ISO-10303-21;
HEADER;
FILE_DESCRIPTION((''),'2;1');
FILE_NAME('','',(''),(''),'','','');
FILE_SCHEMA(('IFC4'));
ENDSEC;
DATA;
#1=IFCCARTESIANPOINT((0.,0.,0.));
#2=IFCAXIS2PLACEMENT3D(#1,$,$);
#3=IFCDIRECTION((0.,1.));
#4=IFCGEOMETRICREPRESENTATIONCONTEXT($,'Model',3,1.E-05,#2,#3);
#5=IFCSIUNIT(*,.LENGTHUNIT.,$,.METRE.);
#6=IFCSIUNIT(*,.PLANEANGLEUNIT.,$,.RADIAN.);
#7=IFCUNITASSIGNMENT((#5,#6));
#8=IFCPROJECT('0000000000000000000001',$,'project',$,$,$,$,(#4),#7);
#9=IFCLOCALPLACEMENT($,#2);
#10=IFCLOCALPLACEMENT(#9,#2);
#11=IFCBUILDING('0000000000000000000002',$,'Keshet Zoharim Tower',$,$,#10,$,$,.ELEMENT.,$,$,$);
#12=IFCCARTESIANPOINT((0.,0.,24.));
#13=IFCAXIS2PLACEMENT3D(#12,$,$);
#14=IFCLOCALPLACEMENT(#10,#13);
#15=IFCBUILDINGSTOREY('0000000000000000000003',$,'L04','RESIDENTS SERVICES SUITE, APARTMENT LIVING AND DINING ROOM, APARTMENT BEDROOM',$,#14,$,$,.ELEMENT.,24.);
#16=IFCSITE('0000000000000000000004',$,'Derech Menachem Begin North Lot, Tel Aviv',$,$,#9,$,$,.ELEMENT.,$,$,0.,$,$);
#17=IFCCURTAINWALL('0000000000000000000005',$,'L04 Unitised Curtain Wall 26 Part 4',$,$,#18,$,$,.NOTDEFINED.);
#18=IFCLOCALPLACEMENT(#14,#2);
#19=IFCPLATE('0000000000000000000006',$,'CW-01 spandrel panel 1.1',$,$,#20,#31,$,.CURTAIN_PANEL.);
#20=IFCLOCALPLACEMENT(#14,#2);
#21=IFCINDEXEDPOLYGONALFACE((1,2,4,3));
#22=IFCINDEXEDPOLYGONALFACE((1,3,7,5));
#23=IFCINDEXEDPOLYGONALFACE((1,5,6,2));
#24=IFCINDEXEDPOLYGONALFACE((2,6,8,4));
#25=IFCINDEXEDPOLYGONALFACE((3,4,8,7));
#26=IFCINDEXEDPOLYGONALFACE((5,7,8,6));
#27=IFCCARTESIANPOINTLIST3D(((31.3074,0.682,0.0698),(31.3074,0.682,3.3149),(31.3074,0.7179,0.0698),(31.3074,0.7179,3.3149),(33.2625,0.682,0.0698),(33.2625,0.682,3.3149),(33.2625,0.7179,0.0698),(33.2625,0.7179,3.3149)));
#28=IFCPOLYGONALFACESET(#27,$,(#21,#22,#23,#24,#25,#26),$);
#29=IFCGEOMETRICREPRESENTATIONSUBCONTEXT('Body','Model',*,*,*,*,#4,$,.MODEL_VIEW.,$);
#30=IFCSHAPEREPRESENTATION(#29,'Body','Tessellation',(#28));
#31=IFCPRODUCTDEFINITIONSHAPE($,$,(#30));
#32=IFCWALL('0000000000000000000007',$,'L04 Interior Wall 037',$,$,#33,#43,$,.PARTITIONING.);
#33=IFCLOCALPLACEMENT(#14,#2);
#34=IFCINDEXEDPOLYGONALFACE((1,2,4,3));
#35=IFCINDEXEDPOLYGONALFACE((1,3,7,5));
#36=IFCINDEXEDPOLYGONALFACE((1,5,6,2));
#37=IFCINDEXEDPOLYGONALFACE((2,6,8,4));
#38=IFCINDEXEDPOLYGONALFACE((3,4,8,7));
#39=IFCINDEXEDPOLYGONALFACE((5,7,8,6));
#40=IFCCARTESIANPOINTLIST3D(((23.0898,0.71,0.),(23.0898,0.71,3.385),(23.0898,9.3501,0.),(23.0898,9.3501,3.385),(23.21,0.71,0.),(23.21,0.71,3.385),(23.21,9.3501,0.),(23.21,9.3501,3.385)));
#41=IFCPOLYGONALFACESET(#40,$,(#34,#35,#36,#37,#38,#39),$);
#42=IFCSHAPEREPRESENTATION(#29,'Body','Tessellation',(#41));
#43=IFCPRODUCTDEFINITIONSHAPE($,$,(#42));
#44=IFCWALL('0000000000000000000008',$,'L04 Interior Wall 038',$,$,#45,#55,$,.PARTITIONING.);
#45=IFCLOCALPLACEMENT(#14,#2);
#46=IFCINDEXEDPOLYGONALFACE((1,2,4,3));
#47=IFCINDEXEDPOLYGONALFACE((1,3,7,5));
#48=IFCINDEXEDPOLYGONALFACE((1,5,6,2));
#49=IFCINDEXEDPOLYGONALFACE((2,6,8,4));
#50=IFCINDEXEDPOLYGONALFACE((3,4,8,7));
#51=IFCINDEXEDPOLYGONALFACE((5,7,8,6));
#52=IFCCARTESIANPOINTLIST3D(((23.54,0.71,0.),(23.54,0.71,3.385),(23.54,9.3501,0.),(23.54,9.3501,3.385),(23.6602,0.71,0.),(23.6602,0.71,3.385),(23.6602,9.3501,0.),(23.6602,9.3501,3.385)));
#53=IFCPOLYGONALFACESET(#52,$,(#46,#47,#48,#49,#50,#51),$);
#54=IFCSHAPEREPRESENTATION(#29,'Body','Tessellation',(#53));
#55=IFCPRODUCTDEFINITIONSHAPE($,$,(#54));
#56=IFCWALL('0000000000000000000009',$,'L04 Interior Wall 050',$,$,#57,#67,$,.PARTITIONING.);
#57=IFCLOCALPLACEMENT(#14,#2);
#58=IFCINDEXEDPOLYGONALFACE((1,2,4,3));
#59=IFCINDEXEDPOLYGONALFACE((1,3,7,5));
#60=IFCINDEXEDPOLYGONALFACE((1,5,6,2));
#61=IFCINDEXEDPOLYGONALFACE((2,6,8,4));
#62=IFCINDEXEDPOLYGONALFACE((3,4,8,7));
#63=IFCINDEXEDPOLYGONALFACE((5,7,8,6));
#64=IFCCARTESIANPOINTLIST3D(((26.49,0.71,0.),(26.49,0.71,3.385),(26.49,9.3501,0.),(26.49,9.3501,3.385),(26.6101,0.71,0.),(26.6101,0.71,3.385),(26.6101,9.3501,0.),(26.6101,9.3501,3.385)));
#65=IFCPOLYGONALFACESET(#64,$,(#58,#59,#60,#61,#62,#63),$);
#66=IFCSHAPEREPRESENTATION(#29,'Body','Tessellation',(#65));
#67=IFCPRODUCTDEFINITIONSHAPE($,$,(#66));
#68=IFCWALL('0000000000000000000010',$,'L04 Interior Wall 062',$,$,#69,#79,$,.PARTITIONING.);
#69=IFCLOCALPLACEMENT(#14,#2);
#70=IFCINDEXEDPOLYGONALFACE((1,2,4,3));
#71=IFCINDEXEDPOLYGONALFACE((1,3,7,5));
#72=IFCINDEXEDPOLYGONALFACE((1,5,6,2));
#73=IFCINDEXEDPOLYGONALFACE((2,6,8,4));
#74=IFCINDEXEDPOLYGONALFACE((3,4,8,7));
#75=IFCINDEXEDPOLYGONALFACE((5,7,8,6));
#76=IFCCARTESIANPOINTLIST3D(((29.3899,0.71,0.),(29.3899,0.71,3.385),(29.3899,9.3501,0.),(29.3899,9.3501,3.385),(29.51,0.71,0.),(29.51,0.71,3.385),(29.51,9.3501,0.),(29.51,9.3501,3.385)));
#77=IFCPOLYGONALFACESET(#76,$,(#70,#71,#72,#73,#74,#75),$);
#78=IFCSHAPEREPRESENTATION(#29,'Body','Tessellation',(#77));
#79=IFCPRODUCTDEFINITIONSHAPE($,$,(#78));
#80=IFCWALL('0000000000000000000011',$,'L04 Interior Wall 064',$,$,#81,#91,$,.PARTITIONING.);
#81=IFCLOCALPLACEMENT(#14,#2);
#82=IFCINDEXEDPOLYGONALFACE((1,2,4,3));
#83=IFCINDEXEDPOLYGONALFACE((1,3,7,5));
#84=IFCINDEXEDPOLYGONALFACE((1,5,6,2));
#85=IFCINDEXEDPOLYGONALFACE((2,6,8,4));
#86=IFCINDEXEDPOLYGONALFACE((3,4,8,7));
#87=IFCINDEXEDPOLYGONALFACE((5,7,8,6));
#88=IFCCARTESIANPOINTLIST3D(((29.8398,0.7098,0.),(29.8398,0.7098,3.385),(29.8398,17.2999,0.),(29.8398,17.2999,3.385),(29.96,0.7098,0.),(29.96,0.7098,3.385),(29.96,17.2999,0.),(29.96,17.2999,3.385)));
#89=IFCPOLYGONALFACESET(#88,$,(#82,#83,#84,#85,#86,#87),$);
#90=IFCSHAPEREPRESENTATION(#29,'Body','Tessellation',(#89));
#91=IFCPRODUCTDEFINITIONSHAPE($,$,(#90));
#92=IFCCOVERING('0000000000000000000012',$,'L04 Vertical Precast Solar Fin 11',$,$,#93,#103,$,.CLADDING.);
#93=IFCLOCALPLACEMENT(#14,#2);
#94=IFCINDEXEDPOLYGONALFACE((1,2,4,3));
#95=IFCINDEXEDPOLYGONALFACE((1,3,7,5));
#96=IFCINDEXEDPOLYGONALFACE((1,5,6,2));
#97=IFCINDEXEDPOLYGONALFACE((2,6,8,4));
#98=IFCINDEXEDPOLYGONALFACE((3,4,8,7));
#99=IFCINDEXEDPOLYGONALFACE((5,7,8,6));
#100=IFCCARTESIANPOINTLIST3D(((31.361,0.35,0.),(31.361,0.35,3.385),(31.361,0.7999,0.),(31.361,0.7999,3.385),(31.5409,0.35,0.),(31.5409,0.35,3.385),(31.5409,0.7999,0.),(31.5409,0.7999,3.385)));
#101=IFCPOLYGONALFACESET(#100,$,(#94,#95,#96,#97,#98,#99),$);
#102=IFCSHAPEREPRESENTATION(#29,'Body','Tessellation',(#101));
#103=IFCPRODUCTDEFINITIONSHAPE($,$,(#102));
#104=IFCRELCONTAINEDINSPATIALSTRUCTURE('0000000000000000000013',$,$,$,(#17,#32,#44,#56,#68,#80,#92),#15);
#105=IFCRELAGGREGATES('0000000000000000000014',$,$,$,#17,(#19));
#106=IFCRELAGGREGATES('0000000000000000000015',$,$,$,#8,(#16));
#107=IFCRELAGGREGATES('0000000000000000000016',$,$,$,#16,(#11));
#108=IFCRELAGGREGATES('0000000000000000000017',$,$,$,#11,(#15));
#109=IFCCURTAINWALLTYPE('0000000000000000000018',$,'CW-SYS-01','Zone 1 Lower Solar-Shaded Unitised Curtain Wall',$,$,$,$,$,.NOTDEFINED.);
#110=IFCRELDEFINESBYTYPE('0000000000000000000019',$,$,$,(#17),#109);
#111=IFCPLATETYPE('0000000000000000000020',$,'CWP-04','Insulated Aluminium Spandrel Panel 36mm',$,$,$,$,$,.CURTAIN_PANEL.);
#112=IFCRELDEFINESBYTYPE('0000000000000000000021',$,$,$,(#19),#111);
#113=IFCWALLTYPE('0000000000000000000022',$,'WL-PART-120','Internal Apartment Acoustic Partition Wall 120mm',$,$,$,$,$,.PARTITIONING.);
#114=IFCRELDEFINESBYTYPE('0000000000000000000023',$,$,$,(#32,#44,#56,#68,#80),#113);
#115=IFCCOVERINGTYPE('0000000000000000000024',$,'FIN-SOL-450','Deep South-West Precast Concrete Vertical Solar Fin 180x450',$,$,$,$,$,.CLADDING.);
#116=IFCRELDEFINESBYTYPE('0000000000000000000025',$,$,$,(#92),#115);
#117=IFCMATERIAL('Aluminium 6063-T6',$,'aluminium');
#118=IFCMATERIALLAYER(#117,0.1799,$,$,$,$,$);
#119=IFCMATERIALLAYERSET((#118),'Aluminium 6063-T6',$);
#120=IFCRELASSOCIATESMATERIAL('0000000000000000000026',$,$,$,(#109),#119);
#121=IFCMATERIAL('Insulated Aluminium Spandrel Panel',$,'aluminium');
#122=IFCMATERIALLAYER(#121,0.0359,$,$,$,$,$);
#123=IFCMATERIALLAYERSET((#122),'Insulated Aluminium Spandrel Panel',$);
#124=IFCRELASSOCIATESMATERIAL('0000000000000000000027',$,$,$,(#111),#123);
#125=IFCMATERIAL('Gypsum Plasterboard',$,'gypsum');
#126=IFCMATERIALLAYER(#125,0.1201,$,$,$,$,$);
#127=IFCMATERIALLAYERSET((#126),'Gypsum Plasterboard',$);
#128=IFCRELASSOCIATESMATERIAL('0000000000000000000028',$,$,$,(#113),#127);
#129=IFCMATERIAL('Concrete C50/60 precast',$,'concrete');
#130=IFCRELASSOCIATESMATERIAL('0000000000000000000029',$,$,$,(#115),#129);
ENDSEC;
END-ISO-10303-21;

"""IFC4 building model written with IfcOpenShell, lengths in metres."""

from ifc_helpers import new_model, si_unit, direction, frame, frame_2d, origin, origin_2d, place, context, subcontext, project, spatial, rectangle, extrude, material, layer, layer_set, type_object, element, aggregate, save


model = new_model("IFC4")

# Units and contexts
model_context = context("Model", 3, precision=1e-05, world=origin(), true_north=direction((0.0, 1.0)))
body_context = subcontext(model_context, "Body", "Model", "MODEL_VIEW")
ifc_project = project(units=[si_unit("LENGTHUNIT", "METRE"), si_unit("PLANEANGLEUNIT", "RADIAN")], contexts=[model_context])

# Site, building, storey
site_placement = place(None, origin())
site = spatial("IfcSite", under=ifc_project, at=site_placement, Name="Derech Menachem Begin North Lot, Tel Aviv", CompositionType="ELEMENT", RefElevation=0.0)
building_placement = place(site_placement, origin())
building = spatial("IfcBuilding", under=site, at=building_placement, Name="Keshet Zoharim Tower", CompositionType="ELEMENT")
storey_placement = place(building_placement, frame((0.0, 0.0, 24.0)))
storey = spatial("IfcBuildingStorey", under=building, at=storey_placement, Name="L04", Description="RESIDENTS SERVICES SUITE, APARTMENT LIVING AND DINING ROOM, APARTMENT BEDROOM", CompositionType="ELEMENT", Elevation=24.0)

# Curtain wall
ifc_material_1 = material(Name="Aluminium 6063-T6", Category="aluminium")
ifc_layer_1 = layer(ifc_material_1, 0.1799)
ifc_layer_set_1 = layer_set([ifc_layer_1], Name="Aluminium 6063-T6")
curtain_wall_type = type_object("IfcCurtainWallType", Name="CW-SYS-01", Description="Zone 1 Lower Solar-Shaded Unitised Curtain Wall", PredefinedType="NOTDEFINED", material=ifc_layer_set_1)
curtain_wall_1_placement = place(storey_placement, origin())
curtain_wall_1 = element("IfcCurtainWall", 1, at=curtain_wall_1_placement, inside=storey, type_object=curtain_wall_type, Name="L04 Unitised Curtain Wall 26 Part 4", PredefinedType="NOTDEFINED")

# Plate
ifc_material_2 = material(Name="Insulated Aluminium Spandrel Panel", Category="aluminium")
ifc_layer_2 = layer(ifc_material_2, 0.0359)
ifc_layer_set_2 = layer_set([ifc_layer_2], Name="Insulated Aluminium Spandrel Panel")
plate_type_1 = type_object("IfcPlateType", Name="CWP-04", Description="Insulated Aluminium Spandrel Panel 36mm", PredefinedType="CURTAIN_PANEL", material=ifc_layer_set_2)
plate_1_placement = place(storey_placement, frame((32.2849, 0.7, 0.0698), z_axis=(0.0, 0.0, 1.0), x_axis=(-1.0, 0.0, 0.0)))
plate_1 = element("IfcPlate", 2, at=plate_1_placement, type_object=plate_type_1, Name="CW-01 spandrel panel 1.1", PredefinedType="CURTAIN_PANEL", context=body_context, shape_type="SweptSolid", body=[
    extrude(rectangle(XDim=1.9551, YDim=0.0359, at=origin_2d()), origin(), (0.0, 0.0, 1.0), 3.2451),
])
aggregate(curtain_wall_1, [plate_1])

# Walls
ifc_material_3 = material(Name="Gypsum Plasterboard", Category="gypsum")
ifc_layer_3 = layer(ifc_material_3, 0.1201)
ifc_layer_set_3 = layer_set([ifc_layer_3], Name="Gypsum Plasterboard")
wall_type = type_object("IfcWallType", Name="WL-PART-120", Description="Internal Apartment Acoustic Partition Wall 120mm", PredefinedType="PARTITIONING", material=ifc_layer_set_3)
for number, where, z_axis, x_axis, name in (
    (3, (23.1499, 0.71, 0.0), (0.0, 0.0, 1.0), (0.0, 1.0, 0.0), "L04 Interior Wall 037"),
    (4, (23.6001, 0.71, 0.0), (0.0, 0.0, 1.0), (0.0, 1.0, 0.0), "L04 Interior Wall 038"),
    (5, (26.55, 0.71, 0.0), (0.0, 0.0, 1.0), (0.0, 1.0, 0.0), "L04 Interior Wall 050"),
    (6, (29.45, 0.71, 0.0), (0.0, 0.0, 1.0), (0.0, 1.0, 0.0), "L04 Interior Wall 062"),
):
    element("IfcWall", number, at=place(storey_placement, frame(where, z_axis=z_axis, x_axis=x_axis)), inside=storey, type_object=wall_type, Name=name, PredefinedType="PARTITIONING", context=body_context, shape_type="SweptSolid", body=[
        extrude(rectangle(XDim=8.6401, YDim=0.1201, at=frame_2d((4.3201, 0.0))), origin(), (0.0, 0.0, 1.0), 3.385),
    ])
wall_placement = place(storey_placement, frame((29.8999, 0.71, 0.0), z_axis=(0.0, 0.0, 1.0), x_axis=(0.0, 1.0, 0.0)))
element("IfcWall", 7, at=wall_placement, inside=storey, type_object=wall_type, Name="L04 Interior Wall 064", PredefinedType="PARTITIONING", context=body_context, shape_type="SweptSolid", body=[
    extrude(rectangle(XDim=16.5901, YDim=0.1201, at=frame_2d((8.2949, 0.0))), origin(), (0.0, 0.0, 1.0), 3.385),
])

# Covering
ifc_material_4 = material(Name="Concrete C50/60 precast", Category="concrete")
covering_type = type_object("IfcCoveringType", Name="FIN-SOL-450", Description="Deep South-West Precast Concrete Vertical Solar Fin 180x450", PredefinedType="CLADDING", material=ifc_material_4)
covering_placement = place(storey_placement, frame((31.4509, 0.575, 0.0), z_axis=(0.0, 0.0, 1.0), x_axis=(-1.0, 0.0, 0.0)))
element("IfcCovering", 8, at=covering_placement, inside=storey, type_object=covering_type, Name="L04 Vertical Precast Solar Fin 11", PredefinedType="CLADDING", context=body_context, shape_type="SweptSolid", body=[
    extrude(rectangle(XDim=0.1799, YDim=0.45, at=origin_2d()), origin(), (0.0, 0.0, 1.0), 3.385),
])

save(model, "model.ifc")
